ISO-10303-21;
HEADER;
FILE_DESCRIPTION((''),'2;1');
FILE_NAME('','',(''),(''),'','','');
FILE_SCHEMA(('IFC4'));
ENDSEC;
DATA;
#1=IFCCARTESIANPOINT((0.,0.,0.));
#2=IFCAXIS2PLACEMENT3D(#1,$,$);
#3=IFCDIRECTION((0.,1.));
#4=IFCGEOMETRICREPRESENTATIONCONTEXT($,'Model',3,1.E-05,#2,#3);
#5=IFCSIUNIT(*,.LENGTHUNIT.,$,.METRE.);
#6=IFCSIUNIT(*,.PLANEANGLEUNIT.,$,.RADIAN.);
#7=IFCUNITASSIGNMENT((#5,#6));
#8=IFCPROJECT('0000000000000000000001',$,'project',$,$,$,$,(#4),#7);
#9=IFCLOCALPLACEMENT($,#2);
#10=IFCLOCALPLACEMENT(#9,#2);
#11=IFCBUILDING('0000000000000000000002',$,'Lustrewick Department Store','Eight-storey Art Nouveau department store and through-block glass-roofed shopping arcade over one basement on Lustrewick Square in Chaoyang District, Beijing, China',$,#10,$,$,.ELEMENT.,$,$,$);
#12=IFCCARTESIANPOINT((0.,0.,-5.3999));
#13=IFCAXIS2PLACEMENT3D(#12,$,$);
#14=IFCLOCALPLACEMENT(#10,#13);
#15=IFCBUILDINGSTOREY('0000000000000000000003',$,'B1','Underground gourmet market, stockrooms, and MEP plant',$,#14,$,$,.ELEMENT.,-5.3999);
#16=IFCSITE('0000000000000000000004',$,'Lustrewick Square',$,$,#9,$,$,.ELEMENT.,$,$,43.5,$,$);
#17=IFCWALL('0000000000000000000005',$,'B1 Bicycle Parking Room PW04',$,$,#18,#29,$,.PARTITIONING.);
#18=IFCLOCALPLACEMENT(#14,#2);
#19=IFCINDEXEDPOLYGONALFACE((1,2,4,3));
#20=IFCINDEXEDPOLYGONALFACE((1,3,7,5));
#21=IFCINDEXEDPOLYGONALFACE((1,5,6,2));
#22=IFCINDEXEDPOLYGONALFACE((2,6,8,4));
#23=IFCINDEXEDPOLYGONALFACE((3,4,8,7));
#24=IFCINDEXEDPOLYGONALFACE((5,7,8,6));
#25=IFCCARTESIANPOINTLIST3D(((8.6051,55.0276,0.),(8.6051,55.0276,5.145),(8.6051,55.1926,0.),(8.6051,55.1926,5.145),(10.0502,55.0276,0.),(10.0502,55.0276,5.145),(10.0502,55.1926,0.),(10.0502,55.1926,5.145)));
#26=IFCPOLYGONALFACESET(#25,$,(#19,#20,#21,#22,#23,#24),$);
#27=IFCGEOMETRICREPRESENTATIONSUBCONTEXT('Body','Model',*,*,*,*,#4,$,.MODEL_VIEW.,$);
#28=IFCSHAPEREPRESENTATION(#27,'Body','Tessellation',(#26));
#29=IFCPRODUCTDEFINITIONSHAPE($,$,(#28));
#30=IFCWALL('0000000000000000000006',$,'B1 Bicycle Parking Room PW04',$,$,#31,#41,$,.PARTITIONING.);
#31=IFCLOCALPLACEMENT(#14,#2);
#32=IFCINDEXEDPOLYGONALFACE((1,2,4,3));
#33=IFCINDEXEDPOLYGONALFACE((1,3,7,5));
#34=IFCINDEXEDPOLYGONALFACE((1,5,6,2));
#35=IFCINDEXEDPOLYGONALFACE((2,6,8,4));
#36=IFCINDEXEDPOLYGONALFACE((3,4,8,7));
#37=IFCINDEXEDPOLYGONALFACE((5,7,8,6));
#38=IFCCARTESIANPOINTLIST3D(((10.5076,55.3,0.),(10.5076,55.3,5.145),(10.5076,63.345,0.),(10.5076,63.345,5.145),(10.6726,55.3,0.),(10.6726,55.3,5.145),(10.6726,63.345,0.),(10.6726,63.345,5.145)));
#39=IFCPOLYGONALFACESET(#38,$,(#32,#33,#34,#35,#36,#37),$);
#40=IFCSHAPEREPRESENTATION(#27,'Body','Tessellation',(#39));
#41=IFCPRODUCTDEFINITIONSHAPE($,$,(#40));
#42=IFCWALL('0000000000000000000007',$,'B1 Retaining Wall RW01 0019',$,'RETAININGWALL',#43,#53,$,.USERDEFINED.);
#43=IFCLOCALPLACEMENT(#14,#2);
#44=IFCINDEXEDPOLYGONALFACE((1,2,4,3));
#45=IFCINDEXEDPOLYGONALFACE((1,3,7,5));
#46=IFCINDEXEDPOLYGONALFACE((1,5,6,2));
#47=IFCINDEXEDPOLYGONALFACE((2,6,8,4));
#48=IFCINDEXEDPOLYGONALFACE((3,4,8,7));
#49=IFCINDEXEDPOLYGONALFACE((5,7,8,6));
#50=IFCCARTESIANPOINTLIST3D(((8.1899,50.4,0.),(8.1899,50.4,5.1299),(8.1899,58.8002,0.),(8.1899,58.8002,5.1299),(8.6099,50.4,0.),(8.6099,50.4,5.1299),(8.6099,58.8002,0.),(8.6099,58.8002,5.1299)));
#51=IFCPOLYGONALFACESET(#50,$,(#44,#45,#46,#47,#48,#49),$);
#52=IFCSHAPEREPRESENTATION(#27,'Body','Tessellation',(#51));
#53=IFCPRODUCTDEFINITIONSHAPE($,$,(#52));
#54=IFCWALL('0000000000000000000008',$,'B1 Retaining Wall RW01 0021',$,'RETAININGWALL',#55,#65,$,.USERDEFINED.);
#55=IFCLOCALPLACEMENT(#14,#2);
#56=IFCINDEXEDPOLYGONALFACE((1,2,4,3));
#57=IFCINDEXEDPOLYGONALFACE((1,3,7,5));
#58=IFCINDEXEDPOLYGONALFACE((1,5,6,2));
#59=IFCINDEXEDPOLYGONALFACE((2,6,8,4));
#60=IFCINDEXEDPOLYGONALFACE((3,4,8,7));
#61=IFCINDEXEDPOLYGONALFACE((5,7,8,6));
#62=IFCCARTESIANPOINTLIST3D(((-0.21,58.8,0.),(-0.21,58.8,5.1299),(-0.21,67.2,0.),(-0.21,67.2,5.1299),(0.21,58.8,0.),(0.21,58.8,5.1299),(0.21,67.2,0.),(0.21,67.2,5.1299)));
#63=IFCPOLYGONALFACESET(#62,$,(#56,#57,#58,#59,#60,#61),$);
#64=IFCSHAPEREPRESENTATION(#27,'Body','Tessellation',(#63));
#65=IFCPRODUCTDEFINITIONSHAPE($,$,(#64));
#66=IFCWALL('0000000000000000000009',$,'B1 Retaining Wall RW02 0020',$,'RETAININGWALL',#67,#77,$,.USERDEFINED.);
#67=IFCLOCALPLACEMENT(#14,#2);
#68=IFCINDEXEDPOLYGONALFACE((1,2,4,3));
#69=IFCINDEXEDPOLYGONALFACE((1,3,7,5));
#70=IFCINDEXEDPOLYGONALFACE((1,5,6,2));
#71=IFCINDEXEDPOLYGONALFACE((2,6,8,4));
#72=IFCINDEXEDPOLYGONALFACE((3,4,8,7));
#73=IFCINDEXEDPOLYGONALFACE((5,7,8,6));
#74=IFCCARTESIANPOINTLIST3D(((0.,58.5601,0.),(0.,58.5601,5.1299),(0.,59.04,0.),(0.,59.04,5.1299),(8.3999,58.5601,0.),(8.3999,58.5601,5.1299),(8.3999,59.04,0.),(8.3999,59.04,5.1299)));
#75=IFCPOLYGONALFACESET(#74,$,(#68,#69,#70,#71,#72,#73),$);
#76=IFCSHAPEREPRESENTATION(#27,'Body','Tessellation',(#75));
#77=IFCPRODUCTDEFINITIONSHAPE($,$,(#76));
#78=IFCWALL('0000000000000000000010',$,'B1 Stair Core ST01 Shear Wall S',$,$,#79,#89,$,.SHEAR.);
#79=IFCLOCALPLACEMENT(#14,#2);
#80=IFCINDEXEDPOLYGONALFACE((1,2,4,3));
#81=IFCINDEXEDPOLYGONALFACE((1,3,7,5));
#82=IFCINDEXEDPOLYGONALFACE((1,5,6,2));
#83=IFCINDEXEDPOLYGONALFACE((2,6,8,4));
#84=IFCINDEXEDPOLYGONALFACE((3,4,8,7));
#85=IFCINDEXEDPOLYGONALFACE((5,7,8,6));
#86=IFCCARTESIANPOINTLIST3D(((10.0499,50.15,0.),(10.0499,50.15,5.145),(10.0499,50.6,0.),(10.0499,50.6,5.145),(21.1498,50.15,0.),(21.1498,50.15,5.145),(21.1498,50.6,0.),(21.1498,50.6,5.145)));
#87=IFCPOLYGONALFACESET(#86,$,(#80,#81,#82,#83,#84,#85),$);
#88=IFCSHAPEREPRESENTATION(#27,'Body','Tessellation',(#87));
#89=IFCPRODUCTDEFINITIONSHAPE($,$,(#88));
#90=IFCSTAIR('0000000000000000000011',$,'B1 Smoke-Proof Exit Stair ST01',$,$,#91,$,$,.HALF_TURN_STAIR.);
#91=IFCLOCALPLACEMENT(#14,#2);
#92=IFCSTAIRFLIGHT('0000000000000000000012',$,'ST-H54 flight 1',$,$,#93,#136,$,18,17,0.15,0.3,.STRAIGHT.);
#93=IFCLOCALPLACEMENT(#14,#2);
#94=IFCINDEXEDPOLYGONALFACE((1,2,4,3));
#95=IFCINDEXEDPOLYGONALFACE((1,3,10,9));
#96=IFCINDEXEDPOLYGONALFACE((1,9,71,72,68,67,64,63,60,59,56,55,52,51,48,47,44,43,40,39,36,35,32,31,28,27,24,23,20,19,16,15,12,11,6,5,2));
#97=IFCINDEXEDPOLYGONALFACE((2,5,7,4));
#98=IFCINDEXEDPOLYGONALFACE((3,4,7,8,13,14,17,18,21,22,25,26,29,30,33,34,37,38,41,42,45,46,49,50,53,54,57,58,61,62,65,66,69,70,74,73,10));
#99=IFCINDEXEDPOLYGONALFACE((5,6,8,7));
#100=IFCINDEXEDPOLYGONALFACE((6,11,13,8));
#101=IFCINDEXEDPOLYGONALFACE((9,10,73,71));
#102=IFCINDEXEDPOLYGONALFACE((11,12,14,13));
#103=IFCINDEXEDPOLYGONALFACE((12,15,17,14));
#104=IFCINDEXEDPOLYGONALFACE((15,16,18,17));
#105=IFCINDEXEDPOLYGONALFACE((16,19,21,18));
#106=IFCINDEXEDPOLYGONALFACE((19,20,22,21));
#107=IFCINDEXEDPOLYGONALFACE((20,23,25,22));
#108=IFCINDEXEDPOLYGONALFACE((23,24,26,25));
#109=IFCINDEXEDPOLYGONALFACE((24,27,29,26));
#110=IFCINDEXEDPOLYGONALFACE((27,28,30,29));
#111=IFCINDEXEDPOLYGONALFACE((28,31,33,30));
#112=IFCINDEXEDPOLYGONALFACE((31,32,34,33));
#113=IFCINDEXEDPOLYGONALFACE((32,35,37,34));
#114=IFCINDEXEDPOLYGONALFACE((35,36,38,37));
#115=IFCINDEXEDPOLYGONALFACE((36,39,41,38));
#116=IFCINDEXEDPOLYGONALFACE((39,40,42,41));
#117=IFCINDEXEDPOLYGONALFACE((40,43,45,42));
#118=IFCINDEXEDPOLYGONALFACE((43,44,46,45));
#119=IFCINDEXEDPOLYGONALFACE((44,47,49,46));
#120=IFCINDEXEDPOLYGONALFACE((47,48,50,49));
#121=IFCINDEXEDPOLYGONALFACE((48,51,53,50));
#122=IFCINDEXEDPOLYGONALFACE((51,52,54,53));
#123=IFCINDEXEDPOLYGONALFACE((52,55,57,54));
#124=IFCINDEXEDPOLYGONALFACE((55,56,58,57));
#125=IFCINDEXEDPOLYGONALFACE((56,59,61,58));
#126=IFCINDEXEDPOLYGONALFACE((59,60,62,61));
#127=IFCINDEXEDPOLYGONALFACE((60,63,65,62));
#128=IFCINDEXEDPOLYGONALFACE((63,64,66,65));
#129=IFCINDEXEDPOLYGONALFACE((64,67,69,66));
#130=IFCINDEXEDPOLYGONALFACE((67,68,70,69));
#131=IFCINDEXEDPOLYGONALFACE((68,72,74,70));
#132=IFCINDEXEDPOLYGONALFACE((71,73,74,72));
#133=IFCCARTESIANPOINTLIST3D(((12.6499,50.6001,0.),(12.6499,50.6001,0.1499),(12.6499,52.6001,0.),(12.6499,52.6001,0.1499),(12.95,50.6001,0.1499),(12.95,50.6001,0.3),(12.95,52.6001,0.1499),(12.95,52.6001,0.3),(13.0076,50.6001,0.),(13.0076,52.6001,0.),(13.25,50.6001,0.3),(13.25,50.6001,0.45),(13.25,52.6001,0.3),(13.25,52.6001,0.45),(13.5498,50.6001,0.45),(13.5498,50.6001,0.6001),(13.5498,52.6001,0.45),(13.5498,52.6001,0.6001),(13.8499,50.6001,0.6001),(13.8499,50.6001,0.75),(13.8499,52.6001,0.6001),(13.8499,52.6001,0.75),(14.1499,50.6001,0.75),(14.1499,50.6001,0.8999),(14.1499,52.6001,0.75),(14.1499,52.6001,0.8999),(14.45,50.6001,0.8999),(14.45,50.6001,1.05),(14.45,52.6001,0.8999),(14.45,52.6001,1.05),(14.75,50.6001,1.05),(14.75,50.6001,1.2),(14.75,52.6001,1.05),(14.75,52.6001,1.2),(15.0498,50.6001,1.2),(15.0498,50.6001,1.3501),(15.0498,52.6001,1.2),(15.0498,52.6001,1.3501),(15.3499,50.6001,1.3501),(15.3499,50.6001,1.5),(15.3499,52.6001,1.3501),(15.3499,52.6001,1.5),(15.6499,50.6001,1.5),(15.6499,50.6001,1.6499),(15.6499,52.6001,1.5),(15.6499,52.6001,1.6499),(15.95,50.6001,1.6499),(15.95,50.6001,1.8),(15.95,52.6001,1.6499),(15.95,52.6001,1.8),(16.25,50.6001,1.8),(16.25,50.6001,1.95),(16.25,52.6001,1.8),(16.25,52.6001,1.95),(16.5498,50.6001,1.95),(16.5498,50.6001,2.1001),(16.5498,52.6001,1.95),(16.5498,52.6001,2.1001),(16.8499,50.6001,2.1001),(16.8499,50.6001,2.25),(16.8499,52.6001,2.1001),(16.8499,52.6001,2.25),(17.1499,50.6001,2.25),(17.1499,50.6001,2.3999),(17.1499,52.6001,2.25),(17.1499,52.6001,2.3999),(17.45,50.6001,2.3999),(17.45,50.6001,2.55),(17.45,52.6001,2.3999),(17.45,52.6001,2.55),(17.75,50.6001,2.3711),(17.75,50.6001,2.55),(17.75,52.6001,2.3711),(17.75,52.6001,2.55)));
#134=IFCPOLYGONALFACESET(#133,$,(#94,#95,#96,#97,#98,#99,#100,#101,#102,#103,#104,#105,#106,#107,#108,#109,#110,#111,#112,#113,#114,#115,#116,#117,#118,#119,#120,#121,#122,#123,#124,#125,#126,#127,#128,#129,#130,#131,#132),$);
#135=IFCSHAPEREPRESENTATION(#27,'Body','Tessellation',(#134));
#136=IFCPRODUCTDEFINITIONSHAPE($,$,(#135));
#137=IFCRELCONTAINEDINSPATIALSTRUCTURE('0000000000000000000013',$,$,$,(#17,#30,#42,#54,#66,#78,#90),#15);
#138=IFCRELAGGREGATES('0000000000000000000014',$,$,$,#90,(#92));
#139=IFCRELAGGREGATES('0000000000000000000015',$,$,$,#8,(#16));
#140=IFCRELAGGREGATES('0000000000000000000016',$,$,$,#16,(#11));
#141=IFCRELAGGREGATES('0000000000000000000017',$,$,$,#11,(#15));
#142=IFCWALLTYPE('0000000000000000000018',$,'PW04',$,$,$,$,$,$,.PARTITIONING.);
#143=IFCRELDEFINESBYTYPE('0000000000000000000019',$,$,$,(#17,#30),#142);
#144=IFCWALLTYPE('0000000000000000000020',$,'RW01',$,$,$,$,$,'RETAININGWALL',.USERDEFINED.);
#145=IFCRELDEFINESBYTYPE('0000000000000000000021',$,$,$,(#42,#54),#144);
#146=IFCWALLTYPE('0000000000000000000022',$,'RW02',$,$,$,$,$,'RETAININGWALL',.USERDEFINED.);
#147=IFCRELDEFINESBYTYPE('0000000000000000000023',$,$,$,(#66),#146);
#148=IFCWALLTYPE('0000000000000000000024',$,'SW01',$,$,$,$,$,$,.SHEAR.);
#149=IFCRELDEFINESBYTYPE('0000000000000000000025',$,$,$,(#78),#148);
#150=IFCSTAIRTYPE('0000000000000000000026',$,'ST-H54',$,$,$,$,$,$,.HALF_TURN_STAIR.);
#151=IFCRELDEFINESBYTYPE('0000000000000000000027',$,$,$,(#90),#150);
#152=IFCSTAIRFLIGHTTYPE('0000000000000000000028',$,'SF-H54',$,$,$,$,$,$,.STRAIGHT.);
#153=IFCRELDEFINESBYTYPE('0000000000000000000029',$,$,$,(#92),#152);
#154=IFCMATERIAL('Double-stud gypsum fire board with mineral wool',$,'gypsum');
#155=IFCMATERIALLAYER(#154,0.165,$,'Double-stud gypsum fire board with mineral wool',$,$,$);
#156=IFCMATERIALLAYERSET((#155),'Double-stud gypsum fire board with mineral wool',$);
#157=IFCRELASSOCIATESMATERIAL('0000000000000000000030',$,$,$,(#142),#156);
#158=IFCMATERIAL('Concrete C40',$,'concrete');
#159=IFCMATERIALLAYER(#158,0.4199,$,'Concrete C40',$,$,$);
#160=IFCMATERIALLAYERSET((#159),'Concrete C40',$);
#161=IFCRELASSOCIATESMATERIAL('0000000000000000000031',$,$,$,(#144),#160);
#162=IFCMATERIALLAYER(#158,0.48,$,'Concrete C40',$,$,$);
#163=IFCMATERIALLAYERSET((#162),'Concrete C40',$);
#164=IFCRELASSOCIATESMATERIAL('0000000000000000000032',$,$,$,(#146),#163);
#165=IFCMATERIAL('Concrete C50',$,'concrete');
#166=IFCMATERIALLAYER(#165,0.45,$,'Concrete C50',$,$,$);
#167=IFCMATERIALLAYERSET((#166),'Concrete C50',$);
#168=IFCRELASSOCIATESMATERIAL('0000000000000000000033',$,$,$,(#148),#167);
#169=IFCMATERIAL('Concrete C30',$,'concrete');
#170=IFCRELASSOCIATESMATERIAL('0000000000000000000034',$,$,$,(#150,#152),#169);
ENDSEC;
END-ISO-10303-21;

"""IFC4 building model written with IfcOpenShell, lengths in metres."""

from ifc_helpers import new_model, si_unit, direction, frame, frame_2d, origin, place, context, subcontext, project, spatial, polyline, rectangle, outline, extrude, material, layer, layer_set, type_object, element, aggregate, save


model = new_model("IFC4")

# Units and contexts
model_context = context("Model", 3, precision=1e-05, world=origin(), true_north=direction((0.0, 1.0)))
body_context = subcontext(model_context, "Body", "Model", "MODEL_VIEW")
ifc_project = project(units=[si_unit("LENGTHUNIT", "METRE"), si_unit("PLANEANGLEUNIT", "RADIAN")], contexts=[model_context])

# Site, building, storey
site_placement = place(None, origin())
site = spatial("IfcSite", under=ifc_project, at=site_placement, Name="Lustrewick Square", CompositionType="ELEMENT", RefElevation=43.5)
building_placement = place(site_placement, origin())
building = spatial("IfcBuilding", under=site, at=building_placement, Name="Lustrewick Department Store", Description="Eight-storey Art Nouveau department store and through-block glass-roofed shopping arcade over one basement on Lustrewick Square in Chaoyang District, Beijing, China", CompositionType="ELEMENT")
storey_placement = place(building_placement, frame((0.0, 0.0, -5.3999)))
storey = spatial("IfcBuildingStorey", under=building, at=storey_placement, Name="B1", Description="Underground gourmet market, stockrooms, and MEP plant", CompositionType="ELEMENT", Elevation=-5.3999)

# Shared definitions
ifc_material_1 = material(Name="Concrete C40", Category="concrete")

# Walls
ifc_material_2 = material(Name="Double-stud gypsum fire board with mineral wool", Category="gypsum")
ifc_layer_1 = layer(ifc_material_2, 0.165, Name="Double-stud gypsum fire board with mineral wool")
ifc_layer_set_1 = layer_set([ifc_layer_1], Name="Double-stud gypsum fire board with mineral wool")
wall_type_1 = type_object("IfcWallType", Name="PW04", PredefinedType="PARTITIONING", material=ifc_layer_set_1)
wall_1_placement = place(storey_placement, frame((8.605, 55.1101, 0.0), z_axis=(0.0, 0.0, 1.0), x_axis=(1.0, 0.0, 0.0)))
element("IfcWall", 1, at=wall_1_placement, inside=storey, type_object=wall_type_1, Name="B1 Bicycle Parking Room PW04", PredefinedType="PARTITIONING", context=body_context, shape_type="SweptSolid", body=[
    extrude(rectangle(XDim=1.4451, YDim=0.165, at=frame_2d((0.7227, 0.0))), origin(), (0.0, 0.0, 1.0), 5.145),
])
wall_2_placement = place(storey_placement, frame((10.5901, 55.3, 0.0), z_axis=(0.0, 0.0, 1.0), x_axis=(0.0, 1.0, 0.0)))
element("IfcWall", 2, at=wall_2_placement, inside=storey, type_object=wall_type_1, Name="B1 Bicycle Parking Room PW04", PredefinedType="PARTITIONING", context=body_context, shape_type="SweptSolid", body=[
    extrude(rectangle(XDim=8.0449, YDim=0.165, at=frame_2d((4.0225, 0.0))), origin(), (0.0, 0.0, 1.0), 5.145),
])
ifc_layer_2 = layer(ifc_material_1, 0.4199, Name="Concrete C40")
ifc_layer_set_2 = layer_set([ifc_layer_2], Name="Concrete C40")
wall_type_2 = type_object("IfcWallType", Name="RW01", ElementType="RETAININGWALL", PredefinedType="USERDEFINED", material=ifc_layer_set_2)
wall_3_placement = place(storey_placement, frame((8.3999, 50.3999, 0.0), z_axis=(0.0, 0.0, 1.0), x_axis=(0.0, 1.0, 0.0)))
element("IfcWall", 3, at=wall_3_placement, inside=storey, type_object=wall_type_2, Name="B1 Retaining Wall RW01 0019", ObjectType="RETAININGWALL", PredefinedType="USERDEFINED", context=body_context, shape_type="SweptSolid", body=[
    extrude(rectangle(XDim=8.4001, YDim=0.4199, at=frame_2d((4.2002, 0.0))), origin(), (0.0, 0.0, 1.0), 5.1299),
])
wall_4_placement = place(storey_placement, frame((0.0, 58.8, 0.0), z_axis=(0.0, 0.0, 1.0), x_axis=(0.0, 1.0, 0.0)))
element("IfcWall", 4, at=wall_4_placement, inside=storey, type_object=wall_type_2, Name="B1 Retaining Wall RW01 0021", ObjectType="RETAININGWALL", PredefinedType="USERDEFINED", context=body_context, shape_type="SweptSolid", body=[
    extrude(rectangle(XDim=8.3999, YDim=0.4199, at=frame_2d((4.2, 0.0))), origin(), (0.0, 0.0, 1.0), 5.1299),
])
ifc_layer_3 = layer(ifc_material_1, 0.48, Name="Concrete C40")
ifc_layer_set_3 = layer_set([ifc_layer_3], Name="Concrete C40")
wall_type_3 = type_object("IfcWallType", Name="RW02", ElementType="RETAININGWALL", PredefinedType="USERDEFINED", material=ifc_layer_set_3)
wall_5_placement = place(storey_placement, frame((8.3999, 58.8, 0.0), z_axis=(0.0, 0.0, 1.0), x_axis=(-1.0, 0.0, 0.0)))
element("IfcWall", 5, at=wall_5_placement, inside=storey, type_object=wall_type_3, Name="B1 Retaining Wall RW02 0020", ObjectType="RETAININGWALL", PredefinedType="USERDEFINED", context=body_context, shape_type="SweptSolid", body=[
    extrude(rectangle(XDim=8.3999, YDim=0.48, at=frame_2d((4.2, 0.0))), origin(), (0.0, 0.0, 1.0), 5.1299),
])
ifc_material_3 = material(Name="Concrete C50", Category="concrete")
ifc_layer_4 = layer(ifc_material_3, 0.45, Name="Concrete C50")
ifc_layer_set_4 = layer_set([ifc_layer_4], Name="Concrete C50")
wall_type_4 = type_object("IfcWallType", Name="SW01", PredefinedType="SHEAR", material=ifc_layer_set_4)
wall_6_placement = place(storey_placement, frame((10.05, 50.375, 0.0), z_axis=(0.0, 0.0, 1.0), x_axis=(1.0, 0.0, 0.0)))
element("IfcWall", 6, at=wall_6_placement, inside=storey, type_object=wall_type_4, Name="B1 Stair Core ST01 Shear Wall S", PredefinedType="SHEAR", context=body_context, shape_type="SweptSolid", body=[
    extrude(rectangle(XDim=11.0999, YDim=0.45, at=frame_2d((5.5498, 0.0))), origin(), (0.0, 0.0, 1.0), 5.145),
])

# Stair, stair flight
ifc_material_4 = material(Name="Concrete C30", Category="concrete")
stair_type = type_object("IfcStairType", Name="ST-H54", PredefinedType="HALF_TURN_STAIR", material=ifc_material_4)
stair_placement = place(storey_placement, origin())
stair = element("IfcStair", 7, at=stair_placement, inside=storey, type_object=stair_type, Name="B1 Smoke-Proof Exit Stair ST01", PredefinedType="HALF_TURN_STAIR")
stair_flight_type = type_object("IfcStairFlightType", Name="SF-H54", PredefinedType="STRAIGHT", material=ifc_material_4)
stair_flight_placement = place(storey_placement, frame((12.6499, 51.6001, 0.0), z_axis=(0.0, 0.0, 1.0), x_axis=(1.0, 0.0, 0.0)))
stair_flight = element("IfcStairFlight", 8, at=stair_flight_placement, type_object=stair_flight_type, Name="ST-H54 flight 1", NumberOfRisers=18, NumberOfTreads=17, PredefinedType="STRAIGHT", RiserHeight=0.15, TreadLength=0.3, context=body_context, shape_type="SweptSolid", body=[
    extrude(outline(polyline([(0.0, 0.0), (0.0, 0.1499), (0.3, 0.1499), (0.3, 0.3), (0.6001, 0.3), (0.6001, 0.45), (0.8999, 0.45), (0.8999, 0.6001), (1.2, 0.6001), (1.2, 0.75), (1.5, 0.75), (1.5, 0.8999), (1.8, 0.8999), (1.8, 1.05), (2.1001, 1.05), (2.1001, 1.2), (2.3999, 1.2), (2.3999, 1.3501), (2.7, 1.3501), (2.7, 1.5), (3.0, 1.5), (3.0, 1.6499), (3.3, 1.6499), (3.3, 1.8), (3.6001, 1.8), (3.6001, 1.95), (3.8999, 1.95), (3.8999, 2.1001), (4.2, 2.1001), (4.2, 2.25), (4.5, 2.25), (4.5, 2.3999), (4.8, 2.3999), (4.8, 2.55), (5.1001, 2.55), (5.1001, 2.7), (5.1001, 2.3711), (0.3577, 0.0), (0.0, 0.0)])), frame((0.0, 1.0, 0.0), z_axis=(0.0, -1.0, 0.0), x_axis=(1.0, 0.0, 0.0)), (0.0, 0.0, 1.0), 2.0),
])
aggregate(stair, [stair_flight])

save(model, "model.ifc")
